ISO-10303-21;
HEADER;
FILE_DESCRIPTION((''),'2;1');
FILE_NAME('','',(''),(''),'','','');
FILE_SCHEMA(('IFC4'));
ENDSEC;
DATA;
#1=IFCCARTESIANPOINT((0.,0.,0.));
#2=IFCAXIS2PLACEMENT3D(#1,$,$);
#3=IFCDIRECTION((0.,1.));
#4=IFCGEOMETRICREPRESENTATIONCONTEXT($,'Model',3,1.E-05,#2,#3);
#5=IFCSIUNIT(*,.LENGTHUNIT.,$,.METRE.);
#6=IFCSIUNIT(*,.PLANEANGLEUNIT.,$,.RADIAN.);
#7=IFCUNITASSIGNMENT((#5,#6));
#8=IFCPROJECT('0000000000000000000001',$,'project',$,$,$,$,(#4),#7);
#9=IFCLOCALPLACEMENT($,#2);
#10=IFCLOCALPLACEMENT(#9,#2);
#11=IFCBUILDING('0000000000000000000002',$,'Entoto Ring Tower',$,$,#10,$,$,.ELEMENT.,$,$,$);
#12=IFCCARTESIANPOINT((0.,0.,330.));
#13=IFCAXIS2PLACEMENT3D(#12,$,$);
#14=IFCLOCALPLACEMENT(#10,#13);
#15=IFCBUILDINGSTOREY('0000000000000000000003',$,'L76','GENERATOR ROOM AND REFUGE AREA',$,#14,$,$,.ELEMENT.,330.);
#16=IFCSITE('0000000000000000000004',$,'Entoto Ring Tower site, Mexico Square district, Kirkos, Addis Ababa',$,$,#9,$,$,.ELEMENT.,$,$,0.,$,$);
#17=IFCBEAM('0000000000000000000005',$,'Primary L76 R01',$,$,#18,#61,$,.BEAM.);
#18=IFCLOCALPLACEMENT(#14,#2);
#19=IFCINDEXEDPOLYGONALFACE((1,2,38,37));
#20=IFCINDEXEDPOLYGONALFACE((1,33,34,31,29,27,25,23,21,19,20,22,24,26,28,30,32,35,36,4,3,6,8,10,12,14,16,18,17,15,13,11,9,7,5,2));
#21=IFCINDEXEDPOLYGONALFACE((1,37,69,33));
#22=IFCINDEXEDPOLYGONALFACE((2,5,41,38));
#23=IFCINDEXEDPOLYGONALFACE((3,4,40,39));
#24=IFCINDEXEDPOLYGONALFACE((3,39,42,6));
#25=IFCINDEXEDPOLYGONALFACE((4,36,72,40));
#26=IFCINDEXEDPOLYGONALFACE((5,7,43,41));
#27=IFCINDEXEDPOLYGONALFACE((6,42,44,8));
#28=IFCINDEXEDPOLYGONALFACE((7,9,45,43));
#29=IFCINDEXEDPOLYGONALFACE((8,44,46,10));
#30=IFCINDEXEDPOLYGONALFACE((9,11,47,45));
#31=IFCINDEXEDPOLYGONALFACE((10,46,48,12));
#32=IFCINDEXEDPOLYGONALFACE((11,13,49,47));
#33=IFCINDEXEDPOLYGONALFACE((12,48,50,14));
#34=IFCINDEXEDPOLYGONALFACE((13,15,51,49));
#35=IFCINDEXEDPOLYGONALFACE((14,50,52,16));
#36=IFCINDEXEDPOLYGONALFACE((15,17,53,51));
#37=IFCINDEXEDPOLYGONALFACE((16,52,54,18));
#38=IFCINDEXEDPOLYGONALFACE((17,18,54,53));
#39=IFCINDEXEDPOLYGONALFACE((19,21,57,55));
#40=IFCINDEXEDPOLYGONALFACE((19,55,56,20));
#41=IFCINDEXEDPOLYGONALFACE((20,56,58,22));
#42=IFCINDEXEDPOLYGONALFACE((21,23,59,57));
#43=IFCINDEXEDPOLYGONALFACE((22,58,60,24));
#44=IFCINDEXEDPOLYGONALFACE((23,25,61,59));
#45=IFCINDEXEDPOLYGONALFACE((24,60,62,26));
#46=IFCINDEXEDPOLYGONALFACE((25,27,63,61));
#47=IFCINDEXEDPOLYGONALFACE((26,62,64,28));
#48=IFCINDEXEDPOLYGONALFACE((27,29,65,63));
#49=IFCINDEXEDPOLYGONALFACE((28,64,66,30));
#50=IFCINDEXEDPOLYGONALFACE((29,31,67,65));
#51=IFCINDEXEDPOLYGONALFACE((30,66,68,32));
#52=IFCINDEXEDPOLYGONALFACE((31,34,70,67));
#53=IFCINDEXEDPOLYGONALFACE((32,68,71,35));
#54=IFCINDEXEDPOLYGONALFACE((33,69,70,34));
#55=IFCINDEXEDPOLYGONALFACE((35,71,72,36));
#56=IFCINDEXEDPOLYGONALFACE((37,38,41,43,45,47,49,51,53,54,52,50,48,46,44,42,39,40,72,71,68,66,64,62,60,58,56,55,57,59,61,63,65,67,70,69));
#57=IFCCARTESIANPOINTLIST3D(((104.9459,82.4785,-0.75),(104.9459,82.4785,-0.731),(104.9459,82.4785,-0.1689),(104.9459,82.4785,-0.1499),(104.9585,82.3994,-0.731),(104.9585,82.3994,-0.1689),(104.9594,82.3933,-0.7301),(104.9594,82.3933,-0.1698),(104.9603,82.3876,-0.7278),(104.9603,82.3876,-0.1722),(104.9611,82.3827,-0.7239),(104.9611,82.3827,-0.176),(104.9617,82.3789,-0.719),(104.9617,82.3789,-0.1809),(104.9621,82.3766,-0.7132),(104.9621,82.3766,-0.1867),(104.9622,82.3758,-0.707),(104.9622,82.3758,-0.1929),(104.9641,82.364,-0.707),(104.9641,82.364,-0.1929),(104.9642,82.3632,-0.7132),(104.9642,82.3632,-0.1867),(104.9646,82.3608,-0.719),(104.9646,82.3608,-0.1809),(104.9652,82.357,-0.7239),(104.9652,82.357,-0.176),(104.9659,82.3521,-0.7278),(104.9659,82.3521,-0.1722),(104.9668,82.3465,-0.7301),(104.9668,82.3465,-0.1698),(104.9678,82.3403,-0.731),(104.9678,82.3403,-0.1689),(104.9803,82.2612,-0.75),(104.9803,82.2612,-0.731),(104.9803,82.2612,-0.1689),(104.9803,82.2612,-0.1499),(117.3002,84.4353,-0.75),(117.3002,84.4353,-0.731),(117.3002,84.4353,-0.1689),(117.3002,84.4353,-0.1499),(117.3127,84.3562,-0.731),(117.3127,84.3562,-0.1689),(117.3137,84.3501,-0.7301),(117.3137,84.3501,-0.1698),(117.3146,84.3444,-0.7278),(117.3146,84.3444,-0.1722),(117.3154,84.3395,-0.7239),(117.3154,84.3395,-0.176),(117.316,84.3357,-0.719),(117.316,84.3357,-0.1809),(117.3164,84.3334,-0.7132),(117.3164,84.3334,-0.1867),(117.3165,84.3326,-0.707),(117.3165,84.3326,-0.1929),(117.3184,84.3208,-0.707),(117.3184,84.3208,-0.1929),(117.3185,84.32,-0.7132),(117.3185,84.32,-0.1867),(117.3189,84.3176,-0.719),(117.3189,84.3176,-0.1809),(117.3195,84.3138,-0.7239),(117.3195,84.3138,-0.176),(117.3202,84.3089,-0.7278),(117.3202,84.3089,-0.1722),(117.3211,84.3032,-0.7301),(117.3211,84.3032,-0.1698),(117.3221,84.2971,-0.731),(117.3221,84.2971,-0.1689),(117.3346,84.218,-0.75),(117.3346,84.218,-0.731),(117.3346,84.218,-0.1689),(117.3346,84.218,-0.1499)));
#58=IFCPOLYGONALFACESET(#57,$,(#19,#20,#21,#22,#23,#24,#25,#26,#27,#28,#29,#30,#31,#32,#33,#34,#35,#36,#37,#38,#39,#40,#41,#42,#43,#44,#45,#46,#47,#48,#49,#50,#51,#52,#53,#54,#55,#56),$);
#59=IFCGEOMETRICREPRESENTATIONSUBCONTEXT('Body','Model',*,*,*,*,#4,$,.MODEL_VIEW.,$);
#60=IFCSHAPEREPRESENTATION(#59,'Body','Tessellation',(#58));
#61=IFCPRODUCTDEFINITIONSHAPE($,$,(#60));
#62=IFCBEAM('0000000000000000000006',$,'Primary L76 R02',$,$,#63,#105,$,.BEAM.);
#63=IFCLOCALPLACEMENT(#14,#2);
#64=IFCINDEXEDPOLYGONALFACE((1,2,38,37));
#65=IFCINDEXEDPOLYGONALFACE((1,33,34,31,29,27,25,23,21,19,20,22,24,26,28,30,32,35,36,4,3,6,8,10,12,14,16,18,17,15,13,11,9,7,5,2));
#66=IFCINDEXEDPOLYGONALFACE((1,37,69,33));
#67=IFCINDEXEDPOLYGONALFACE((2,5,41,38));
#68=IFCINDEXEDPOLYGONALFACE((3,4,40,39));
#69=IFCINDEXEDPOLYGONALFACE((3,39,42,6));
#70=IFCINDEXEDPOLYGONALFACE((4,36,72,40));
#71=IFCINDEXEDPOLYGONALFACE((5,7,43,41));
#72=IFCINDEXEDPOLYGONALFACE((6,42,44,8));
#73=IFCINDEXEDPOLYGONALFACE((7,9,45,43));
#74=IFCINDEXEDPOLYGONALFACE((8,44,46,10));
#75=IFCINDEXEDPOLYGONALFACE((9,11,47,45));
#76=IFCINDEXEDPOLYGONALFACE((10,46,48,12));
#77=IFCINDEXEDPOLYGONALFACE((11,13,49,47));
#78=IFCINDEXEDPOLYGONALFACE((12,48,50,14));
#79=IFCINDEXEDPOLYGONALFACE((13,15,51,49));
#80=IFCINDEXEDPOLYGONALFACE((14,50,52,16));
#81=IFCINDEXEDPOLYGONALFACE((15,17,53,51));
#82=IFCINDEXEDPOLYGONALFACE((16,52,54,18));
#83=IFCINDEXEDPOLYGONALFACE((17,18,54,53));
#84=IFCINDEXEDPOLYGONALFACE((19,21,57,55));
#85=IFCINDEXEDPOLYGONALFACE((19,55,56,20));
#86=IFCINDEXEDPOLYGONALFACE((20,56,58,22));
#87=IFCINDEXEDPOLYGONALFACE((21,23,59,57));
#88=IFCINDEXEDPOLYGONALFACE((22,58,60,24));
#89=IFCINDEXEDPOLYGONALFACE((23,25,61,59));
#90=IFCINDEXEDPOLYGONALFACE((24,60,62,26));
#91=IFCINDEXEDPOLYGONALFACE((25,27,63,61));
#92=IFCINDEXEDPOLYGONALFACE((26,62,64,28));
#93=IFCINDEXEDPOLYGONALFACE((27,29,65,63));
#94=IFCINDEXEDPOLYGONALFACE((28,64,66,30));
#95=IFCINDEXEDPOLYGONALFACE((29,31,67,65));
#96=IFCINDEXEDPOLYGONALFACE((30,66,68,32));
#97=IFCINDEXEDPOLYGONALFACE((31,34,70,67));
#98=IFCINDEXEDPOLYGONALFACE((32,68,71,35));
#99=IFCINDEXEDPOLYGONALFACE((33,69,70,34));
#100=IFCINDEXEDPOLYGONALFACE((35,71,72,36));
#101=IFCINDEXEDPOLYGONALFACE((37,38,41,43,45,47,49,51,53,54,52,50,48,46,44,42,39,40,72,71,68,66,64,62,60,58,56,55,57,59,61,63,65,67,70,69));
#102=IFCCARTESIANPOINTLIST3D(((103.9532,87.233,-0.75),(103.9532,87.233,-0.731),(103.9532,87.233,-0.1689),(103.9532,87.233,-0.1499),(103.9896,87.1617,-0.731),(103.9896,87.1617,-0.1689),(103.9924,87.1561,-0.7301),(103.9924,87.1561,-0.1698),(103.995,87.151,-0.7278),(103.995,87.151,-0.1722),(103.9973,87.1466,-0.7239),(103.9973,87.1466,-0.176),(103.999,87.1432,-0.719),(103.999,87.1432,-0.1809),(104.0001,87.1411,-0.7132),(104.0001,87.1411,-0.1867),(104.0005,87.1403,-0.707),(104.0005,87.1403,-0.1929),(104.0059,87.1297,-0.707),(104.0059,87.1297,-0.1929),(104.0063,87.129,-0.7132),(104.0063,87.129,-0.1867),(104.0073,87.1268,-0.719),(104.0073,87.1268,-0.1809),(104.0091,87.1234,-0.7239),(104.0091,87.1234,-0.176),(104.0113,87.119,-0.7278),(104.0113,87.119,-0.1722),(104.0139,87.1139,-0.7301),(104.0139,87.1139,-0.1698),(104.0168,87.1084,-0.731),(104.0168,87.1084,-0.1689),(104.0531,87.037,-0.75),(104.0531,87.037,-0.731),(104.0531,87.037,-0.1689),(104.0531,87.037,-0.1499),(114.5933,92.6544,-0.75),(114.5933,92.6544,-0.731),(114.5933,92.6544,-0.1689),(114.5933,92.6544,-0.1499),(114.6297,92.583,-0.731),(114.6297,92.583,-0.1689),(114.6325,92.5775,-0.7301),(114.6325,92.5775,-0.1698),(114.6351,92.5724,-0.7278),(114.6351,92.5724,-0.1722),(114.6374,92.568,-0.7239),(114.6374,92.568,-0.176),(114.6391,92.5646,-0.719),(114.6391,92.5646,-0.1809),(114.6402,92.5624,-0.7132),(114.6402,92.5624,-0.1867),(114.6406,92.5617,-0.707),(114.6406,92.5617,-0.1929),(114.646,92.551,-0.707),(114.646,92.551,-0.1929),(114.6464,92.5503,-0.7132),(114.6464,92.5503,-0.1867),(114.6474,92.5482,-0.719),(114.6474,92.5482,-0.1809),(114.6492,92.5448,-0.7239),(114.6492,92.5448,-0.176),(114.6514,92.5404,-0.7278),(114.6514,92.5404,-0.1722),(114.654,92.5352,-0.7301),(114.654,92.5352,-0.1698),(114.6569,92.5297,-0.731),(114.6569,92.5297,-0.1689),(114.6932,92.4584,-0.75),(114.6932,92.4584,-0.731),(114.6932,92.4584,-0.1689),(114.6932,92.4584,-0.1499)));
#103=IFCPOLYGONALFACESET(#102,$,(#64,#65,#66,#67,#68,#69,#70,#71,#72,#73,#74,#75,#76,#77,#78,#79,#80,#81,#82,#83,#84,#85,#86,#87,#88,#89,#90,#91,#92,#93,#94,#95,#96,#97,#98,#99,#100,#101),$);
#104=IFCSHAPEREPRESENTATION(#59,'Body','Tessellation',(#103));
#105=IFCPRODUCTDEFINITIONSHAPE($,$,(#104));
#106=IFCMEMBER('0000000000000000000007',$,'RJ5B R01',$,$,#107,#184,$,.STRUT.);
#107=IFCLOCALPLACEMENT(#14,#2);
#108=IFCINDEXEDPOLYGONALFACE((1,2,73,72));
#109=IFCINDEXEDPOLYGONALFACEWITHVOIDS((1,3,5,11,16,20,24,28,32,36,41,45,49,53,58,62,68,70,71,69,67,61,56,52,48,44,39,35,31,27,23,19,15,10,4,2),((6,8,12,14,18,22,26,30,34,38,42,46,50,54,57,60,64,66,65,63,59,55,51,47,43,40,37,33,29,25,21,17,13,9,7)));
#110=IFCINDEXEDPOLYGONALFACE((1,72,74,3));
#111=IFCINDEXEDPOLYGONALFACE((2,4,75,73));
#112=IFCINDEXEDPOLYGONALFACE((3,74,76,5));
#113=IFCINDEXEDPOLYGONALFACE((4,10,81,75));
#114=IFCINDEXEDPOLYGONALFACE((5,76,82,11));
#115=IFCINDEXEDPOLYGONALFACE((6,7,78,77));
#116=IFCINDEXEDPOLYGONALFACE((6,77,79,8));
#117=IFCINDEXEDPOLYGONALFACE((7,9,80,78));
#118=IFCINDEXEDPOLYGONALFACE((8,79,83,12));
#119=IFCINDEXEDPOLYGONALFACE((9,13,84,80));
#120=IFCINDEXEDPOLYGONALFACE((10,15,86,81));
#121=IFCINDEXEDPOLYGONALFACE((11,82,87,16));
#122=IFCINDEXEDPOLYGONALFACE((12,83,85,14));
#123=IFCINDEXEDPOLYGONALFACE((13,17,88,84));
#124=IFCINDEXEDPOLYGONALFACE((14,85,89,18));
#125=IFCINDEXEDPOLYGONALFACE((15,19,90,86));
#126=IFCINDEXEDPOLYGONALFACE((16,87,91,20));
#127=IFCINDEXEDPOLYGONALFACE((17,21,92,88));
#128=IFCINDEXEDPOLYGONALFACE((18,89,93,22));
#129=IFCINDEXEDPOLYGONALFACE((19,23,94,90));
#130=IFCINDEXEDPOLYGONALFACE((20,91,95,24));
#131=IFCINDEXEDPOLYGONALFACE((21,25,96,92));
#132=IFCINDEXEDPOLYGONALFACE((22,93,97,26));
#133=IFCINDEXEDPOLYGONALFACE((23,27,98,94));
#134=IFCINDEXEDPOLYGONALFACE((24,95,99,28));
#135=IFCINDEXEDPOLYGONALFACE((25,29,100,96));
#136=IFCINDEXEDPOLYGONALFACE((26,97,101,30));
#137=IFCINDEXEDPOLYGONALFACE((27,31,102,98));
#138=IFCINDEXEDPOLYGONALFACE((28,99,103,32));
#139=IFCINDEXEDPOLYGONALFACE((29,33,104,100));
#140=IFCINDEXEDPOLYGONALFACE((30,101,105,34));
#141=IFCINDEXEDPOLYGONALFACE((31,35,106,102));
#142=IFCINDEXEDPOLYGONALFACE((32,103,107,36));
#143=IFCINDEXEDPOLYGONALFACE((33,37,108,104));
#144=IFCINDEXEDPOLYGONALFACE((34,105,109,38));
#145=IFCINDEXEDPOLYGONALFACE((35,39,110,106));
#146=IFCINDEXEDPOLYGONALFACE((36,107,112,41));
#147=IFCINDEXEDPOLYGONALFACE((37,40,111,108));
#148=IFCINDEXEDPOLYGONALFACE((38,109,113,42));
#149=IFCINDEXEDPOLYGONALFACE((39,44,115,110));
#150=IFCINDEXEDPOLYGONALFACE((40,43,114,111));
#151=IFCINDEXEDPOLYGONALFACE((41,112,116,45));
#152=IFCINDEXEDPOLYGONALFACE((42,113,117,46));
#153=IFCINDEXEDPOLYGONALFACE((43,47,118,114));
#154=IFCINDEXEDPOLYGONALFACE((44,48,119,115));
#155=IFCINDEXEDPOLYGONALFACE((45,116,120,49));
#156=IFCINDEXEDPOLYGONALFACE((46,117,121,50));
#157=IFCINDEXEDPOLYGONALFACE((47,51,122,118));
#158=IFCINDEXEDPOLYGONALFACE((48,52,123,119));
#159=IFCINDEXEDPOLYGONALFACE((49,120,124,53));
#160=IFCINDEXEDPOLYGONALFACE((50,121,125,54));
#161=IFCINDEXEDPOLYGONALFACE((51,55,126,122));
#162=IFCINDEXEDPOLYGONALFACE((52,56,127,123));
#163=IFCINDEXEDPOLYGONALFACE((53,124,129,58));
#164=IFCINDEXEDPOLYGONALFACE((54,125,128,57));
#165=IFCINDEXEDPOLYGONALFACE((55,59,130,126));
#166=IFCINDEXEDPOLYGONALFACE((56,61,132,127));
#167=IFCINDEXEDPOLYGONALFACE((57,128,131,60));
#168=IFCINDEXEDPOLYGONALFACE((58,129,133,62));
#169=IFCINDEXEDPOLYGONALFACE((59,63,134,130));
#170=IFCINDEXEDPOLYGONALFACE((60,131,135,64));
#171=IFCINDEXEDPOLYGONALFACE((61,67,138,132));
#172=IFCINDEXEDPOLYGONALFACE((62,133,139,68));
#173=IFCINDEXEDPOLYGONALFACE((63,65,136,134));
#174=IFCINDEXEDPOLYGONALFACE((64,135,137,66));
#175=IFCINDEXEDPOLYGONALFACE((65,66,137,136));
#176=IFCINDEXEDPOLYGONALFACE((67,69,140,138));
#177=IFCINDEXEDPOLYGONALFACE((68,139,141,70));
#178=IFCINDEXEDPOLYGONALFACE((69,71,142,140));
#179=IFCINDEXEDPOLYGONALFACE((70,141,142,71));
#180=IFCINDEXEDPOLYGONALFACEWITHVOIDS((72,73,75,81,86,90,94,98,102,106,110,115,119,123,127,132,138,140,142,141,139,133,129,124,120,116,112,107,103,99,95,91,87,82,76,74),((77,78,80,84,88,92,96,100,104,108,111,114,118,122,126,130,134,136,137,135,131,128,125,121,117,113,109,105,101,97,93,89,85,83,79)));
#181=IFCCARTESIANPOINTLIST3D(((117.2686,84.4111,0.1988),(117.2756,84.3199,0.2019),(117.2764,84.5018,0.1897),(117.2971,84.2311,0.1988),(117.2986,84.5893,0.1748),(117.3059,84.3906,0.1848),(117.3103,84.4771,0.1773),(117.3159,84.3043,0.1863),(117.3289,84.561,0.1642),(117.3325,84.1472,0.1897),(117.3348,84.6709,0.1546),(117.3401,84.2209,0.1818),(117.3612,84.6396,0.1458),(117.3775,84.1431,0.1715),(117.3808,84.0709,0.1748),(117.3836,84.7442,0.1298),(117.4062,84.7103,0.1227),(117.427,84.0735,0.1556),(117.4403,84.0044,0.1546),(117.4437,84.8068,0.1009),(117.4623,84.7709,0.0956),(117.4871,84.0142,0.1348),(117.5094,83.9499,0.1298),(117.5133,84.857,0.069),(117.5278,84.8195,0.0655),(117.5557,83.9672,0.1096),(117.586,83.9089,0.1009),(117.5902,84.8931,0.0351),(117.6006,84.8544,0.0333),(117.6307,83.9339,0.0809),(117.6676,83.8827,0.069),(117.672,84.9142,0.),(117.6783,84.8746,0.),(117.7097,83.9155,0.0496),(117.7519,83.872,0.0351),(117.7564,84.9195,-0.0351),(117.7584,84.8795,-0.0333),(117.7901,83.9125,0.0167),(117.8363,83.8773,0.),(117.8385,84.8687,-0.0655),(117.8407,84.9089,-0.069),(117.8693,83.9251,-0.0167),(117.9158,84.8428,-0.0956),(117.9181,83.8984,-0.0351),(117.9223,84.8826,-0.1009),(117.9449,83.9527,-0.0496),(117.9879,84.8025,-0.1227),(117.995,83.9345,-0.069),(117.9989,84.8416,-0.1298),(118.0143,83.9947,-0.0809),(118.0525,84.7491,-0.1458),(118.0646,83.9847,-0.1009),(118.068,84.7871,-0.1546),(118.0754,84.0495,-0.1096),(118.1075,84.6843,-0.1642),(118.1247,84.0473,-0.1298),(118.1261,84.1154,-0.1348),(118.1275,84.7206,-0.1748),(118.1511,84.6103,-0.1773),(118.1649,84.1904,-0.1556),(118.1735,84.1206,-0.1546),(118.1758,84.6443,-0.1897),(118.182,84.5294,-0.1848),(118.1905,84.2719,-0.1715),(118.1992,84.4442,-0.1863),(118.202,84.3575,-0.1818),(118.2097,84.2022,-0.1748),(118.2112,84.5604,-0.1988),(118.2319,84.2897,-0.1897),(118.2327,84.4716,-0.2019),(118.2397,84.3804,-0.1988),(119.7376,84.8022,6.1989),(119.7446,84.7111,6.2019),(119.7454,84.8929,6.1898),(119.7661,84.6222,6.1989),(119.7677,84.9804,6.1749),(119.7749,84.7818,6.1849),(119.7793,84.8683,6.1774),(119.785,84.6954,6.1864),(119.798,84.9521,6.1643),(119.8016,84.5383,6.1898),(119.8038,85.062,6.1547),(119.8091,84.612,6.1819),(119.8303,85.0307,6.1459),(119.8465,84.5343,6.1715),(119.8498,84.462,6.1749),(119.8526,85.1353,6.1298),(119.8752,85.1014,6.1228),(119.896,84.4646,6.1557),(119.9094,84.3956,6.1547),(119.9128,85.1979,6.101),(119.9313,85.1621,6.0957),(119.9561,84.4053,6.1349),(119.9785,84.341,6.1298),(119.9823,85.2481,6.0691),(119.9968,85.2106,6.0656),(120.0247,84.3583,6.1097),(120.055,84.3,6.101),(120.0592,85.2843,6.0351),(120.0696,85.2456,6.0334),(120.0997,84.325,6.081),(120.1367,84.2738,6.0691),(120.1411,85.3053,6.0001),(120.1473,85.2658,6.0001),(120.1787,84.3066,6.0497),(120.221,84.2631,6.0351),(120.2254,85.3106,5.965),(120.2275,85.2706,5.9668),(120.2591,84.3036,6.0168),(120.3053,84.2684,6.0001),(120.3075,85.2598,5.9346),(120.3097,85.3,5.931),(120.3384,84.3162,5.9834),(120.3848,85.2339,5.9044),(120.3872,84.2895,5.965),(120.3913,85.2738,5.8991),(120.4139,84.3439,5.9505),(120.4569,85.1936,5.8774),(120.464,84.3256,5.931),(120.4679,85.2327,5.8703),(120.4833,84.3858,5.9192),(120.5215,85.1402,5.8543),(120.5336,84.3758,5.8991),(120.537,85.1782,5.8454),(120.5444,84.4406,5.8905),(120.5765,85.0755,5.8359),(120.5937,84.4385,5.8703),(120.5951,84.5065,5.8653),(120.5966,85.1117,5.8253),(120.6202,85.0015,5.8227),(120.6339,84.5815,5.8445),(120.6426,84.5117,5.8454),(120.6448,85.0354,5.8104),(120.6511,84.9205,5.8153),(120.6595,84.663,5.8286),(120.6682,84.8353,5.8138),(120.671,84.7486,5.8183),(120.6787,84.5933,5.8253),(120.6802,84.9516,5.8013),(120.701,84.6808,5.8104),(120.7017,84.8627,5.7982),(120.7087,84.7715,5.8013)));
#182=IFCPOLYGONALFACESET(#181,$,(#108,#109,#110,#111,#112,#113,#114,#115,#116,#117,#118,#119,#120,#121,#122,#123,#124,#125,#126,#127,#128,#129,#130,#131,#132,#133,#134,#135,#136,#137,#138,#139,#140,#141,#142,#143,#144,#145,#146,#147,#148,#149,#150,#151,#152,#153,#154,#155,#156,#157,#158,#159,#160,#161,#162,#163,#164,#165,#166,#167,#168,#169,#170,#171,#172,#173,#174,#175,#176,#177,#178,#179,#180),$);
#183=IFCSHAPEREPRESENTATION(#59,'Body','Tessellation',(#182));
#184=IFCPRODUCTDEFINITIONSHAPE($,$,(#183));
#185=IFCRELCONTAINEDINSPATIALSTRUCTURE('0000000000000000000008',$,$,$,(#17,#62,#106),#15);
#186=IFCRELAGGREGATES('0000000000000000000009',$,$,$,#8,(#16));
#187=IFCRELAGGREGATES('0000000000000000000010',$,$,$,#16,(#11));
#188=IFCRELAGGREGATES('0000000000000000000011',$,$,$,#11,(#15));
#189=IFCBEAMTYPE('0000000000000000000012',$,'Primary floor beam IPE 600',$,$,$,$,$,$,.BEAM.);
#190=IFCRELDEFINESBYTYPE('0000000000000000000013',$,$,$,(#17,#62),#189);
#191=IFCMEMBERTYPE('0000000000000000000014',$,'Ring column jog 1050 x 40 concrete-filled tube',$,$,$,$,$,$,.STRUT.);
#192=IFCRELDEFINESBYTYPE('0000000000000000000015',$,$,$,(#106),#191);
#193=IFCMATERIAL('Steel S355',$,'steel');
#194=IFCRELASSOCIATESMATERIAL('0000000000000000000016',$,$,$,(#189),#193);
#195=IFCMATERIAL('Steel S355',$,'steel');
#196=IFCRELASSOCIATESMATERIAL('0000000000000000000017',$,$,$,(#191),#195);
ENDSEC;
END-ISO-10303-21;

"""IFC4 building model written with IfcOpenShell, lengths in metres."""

from ifc_helpers import new_model, si_unit, direction, frame, origin, origin_2d, place, context, subcontext, project, spatial, circle, hollow_circle, i_section, extrude, material, material_profile, profile_set, type_object, element, save


model = new_model("IFC4")

# Units and contexts
model_context = context("Model", 3, precision=1e-05, world=origin(), true_north=direction((0.0, 1.0)))
body_context = subcontext(model_context, "Body", "Model", "MODEL_VIEW")
ifc_project = project(units=[si_unit("LENGTHUNIT", "METRE"), si_unit("PLANEANGLEUNIT", "RADIAN")], contexts=[model_context])

# Site, building, storey
site_placement = place(None, origin())
site = spatial("IfcSite", under=ifc_project, at=site_placement, Name="Entoto Ring Tower site, Mexico Square district, Kirkos, Addis Ababa", CompositionType="ELEMENT", RefElevation=0.0)
building_placement = place(site_placement, origin())
building = spatial("IfcBuilding", under=site, at=building_placement, Name="Entoto Ring Tower", CompositionType="ELEMENT")
storey_placement = place(building_placement, frame((0.0, 0.0, 330.0)))
storey = spatial("IfcBuildingStorey", under=building, at=storey_placement, Name="L76", Description="GENERATOR ROOM AND REFUGE AREA", CompositionType="ELEMENT", Elevation=330.0)

# Beams
ifc_material_1 = material(Name="Steel S355", Category="steel")
ifc_material_profile_1 = material_profile(ifc_material_1, i_section(OverallWidth=0.22, OverallDepth=0.6001, WebThickness=0.012, FlangeThickness=0.019, FilletRadius=0.0239, at=origin_2d()), Name="IPE 600")
ifc_profile_set_1 = profile_set([ifc_material_profile_1], Name="Steel S355")
beam_type_1 = type_object("IfcBeamType", Name="Primary floor beam IPE 600", PredefinedType="BEAM", material=ifc_profile_set_1)
beam_1_placement = place(storey_placement, frame((104.9631, 82.3699, -0.45), z_axis=(0.987688, 0.15644, 0.0), x_axis=(-0.15644, 0.987688, 0.0)))
element("IfcBeam", 1, at=beam_1_placement, inside=storey, type_object=beam_type_1, Name="Primary L76 R01", PredefinedType="BEAM", context=body_context, shape_type="SweptSolid", body=[
    extrude(i_section(OverallWidth=0.22, OverallDepth=0.6001, WebThickness=0.012, FlangeThickness=0.019, FilletRadius=0.0239, at=origin_2d()), origin(), (0.0, 0.0, 1.0), 12.5083),
])
beam_2_placement = place(storey_placement, frame((104.0032, 87.135, -0.45), z_axis=(0.891008, 0.453988, 0.0), x_axis=(-0.453988, 0.891008, 0.0)))
element("IfcBeam", 2, at=beam_2_placement, inside=storey, type_object=beam_type_1, Name="Primary L76 R02", PredefinedType="BEAM", context=body_context, shape_type="SweptSolid", body=[
    extrude(i_section(OverallWidth=0.22, OverallDepth=0.6001, WebThickness=0.012, FlangeThickness=0.019, FilletRadius=0.0239, at=origin_2d()), origin(), (0.0, 0.0, 1.0), 11.9417),
])

# Member
ifc_material_2 = material(Name="Steel S355", Category="steel")
ifc_material_profile_2 = material_profile(ifc_material_2, hollow_circle(Radius=0.5249, WallThickness=0.04, at=origin_2d()), Name="CHS 1050 x 40")
ifc_material_3 = material(Name="Concrete C60/75", Category="concrete")
ifc_material_profile_3 = material_profile(ifc_material_3, circle(Radius=0.4851, at=origin_2d()), Name="Concrete C60/75 infill")
ifc_profile_set_2 = profile_set([ifc_material_profile_2, ifc_material_profile_3], Name="Steel S355")
member_type_1 = type_object("IfcMemberType", Name="Ring column jog 1050 x 40 concrete-filled tube", PredefinedType="STRUT", material=ifc_profile_set_2)
for number, where, z_axis, x_axis, name in (
    (3, (117.7542, 84.3958, 0.0), (0.37985, 0.060172, 0.923089), (-0.156459, 0.987684, 0.0), "RJ5B R01"),
):
    element("IfcMember", number, at=place(storey_placement, frame(where, z_axis=z_axis, x_axis=x_axis)), inside=storey, type_object=member_type_1, Name=name, PredefinedType="STRUT", context=body_context, shape_type="SweptSolid", body=[
        extrude(hollow_circle(Radius=0.5249, WallThickness=0.04, at=origin_2d()), origin(), (0.0, 0.0, 1.0), 6.5),
    ])

save(model, "model.ifc")
